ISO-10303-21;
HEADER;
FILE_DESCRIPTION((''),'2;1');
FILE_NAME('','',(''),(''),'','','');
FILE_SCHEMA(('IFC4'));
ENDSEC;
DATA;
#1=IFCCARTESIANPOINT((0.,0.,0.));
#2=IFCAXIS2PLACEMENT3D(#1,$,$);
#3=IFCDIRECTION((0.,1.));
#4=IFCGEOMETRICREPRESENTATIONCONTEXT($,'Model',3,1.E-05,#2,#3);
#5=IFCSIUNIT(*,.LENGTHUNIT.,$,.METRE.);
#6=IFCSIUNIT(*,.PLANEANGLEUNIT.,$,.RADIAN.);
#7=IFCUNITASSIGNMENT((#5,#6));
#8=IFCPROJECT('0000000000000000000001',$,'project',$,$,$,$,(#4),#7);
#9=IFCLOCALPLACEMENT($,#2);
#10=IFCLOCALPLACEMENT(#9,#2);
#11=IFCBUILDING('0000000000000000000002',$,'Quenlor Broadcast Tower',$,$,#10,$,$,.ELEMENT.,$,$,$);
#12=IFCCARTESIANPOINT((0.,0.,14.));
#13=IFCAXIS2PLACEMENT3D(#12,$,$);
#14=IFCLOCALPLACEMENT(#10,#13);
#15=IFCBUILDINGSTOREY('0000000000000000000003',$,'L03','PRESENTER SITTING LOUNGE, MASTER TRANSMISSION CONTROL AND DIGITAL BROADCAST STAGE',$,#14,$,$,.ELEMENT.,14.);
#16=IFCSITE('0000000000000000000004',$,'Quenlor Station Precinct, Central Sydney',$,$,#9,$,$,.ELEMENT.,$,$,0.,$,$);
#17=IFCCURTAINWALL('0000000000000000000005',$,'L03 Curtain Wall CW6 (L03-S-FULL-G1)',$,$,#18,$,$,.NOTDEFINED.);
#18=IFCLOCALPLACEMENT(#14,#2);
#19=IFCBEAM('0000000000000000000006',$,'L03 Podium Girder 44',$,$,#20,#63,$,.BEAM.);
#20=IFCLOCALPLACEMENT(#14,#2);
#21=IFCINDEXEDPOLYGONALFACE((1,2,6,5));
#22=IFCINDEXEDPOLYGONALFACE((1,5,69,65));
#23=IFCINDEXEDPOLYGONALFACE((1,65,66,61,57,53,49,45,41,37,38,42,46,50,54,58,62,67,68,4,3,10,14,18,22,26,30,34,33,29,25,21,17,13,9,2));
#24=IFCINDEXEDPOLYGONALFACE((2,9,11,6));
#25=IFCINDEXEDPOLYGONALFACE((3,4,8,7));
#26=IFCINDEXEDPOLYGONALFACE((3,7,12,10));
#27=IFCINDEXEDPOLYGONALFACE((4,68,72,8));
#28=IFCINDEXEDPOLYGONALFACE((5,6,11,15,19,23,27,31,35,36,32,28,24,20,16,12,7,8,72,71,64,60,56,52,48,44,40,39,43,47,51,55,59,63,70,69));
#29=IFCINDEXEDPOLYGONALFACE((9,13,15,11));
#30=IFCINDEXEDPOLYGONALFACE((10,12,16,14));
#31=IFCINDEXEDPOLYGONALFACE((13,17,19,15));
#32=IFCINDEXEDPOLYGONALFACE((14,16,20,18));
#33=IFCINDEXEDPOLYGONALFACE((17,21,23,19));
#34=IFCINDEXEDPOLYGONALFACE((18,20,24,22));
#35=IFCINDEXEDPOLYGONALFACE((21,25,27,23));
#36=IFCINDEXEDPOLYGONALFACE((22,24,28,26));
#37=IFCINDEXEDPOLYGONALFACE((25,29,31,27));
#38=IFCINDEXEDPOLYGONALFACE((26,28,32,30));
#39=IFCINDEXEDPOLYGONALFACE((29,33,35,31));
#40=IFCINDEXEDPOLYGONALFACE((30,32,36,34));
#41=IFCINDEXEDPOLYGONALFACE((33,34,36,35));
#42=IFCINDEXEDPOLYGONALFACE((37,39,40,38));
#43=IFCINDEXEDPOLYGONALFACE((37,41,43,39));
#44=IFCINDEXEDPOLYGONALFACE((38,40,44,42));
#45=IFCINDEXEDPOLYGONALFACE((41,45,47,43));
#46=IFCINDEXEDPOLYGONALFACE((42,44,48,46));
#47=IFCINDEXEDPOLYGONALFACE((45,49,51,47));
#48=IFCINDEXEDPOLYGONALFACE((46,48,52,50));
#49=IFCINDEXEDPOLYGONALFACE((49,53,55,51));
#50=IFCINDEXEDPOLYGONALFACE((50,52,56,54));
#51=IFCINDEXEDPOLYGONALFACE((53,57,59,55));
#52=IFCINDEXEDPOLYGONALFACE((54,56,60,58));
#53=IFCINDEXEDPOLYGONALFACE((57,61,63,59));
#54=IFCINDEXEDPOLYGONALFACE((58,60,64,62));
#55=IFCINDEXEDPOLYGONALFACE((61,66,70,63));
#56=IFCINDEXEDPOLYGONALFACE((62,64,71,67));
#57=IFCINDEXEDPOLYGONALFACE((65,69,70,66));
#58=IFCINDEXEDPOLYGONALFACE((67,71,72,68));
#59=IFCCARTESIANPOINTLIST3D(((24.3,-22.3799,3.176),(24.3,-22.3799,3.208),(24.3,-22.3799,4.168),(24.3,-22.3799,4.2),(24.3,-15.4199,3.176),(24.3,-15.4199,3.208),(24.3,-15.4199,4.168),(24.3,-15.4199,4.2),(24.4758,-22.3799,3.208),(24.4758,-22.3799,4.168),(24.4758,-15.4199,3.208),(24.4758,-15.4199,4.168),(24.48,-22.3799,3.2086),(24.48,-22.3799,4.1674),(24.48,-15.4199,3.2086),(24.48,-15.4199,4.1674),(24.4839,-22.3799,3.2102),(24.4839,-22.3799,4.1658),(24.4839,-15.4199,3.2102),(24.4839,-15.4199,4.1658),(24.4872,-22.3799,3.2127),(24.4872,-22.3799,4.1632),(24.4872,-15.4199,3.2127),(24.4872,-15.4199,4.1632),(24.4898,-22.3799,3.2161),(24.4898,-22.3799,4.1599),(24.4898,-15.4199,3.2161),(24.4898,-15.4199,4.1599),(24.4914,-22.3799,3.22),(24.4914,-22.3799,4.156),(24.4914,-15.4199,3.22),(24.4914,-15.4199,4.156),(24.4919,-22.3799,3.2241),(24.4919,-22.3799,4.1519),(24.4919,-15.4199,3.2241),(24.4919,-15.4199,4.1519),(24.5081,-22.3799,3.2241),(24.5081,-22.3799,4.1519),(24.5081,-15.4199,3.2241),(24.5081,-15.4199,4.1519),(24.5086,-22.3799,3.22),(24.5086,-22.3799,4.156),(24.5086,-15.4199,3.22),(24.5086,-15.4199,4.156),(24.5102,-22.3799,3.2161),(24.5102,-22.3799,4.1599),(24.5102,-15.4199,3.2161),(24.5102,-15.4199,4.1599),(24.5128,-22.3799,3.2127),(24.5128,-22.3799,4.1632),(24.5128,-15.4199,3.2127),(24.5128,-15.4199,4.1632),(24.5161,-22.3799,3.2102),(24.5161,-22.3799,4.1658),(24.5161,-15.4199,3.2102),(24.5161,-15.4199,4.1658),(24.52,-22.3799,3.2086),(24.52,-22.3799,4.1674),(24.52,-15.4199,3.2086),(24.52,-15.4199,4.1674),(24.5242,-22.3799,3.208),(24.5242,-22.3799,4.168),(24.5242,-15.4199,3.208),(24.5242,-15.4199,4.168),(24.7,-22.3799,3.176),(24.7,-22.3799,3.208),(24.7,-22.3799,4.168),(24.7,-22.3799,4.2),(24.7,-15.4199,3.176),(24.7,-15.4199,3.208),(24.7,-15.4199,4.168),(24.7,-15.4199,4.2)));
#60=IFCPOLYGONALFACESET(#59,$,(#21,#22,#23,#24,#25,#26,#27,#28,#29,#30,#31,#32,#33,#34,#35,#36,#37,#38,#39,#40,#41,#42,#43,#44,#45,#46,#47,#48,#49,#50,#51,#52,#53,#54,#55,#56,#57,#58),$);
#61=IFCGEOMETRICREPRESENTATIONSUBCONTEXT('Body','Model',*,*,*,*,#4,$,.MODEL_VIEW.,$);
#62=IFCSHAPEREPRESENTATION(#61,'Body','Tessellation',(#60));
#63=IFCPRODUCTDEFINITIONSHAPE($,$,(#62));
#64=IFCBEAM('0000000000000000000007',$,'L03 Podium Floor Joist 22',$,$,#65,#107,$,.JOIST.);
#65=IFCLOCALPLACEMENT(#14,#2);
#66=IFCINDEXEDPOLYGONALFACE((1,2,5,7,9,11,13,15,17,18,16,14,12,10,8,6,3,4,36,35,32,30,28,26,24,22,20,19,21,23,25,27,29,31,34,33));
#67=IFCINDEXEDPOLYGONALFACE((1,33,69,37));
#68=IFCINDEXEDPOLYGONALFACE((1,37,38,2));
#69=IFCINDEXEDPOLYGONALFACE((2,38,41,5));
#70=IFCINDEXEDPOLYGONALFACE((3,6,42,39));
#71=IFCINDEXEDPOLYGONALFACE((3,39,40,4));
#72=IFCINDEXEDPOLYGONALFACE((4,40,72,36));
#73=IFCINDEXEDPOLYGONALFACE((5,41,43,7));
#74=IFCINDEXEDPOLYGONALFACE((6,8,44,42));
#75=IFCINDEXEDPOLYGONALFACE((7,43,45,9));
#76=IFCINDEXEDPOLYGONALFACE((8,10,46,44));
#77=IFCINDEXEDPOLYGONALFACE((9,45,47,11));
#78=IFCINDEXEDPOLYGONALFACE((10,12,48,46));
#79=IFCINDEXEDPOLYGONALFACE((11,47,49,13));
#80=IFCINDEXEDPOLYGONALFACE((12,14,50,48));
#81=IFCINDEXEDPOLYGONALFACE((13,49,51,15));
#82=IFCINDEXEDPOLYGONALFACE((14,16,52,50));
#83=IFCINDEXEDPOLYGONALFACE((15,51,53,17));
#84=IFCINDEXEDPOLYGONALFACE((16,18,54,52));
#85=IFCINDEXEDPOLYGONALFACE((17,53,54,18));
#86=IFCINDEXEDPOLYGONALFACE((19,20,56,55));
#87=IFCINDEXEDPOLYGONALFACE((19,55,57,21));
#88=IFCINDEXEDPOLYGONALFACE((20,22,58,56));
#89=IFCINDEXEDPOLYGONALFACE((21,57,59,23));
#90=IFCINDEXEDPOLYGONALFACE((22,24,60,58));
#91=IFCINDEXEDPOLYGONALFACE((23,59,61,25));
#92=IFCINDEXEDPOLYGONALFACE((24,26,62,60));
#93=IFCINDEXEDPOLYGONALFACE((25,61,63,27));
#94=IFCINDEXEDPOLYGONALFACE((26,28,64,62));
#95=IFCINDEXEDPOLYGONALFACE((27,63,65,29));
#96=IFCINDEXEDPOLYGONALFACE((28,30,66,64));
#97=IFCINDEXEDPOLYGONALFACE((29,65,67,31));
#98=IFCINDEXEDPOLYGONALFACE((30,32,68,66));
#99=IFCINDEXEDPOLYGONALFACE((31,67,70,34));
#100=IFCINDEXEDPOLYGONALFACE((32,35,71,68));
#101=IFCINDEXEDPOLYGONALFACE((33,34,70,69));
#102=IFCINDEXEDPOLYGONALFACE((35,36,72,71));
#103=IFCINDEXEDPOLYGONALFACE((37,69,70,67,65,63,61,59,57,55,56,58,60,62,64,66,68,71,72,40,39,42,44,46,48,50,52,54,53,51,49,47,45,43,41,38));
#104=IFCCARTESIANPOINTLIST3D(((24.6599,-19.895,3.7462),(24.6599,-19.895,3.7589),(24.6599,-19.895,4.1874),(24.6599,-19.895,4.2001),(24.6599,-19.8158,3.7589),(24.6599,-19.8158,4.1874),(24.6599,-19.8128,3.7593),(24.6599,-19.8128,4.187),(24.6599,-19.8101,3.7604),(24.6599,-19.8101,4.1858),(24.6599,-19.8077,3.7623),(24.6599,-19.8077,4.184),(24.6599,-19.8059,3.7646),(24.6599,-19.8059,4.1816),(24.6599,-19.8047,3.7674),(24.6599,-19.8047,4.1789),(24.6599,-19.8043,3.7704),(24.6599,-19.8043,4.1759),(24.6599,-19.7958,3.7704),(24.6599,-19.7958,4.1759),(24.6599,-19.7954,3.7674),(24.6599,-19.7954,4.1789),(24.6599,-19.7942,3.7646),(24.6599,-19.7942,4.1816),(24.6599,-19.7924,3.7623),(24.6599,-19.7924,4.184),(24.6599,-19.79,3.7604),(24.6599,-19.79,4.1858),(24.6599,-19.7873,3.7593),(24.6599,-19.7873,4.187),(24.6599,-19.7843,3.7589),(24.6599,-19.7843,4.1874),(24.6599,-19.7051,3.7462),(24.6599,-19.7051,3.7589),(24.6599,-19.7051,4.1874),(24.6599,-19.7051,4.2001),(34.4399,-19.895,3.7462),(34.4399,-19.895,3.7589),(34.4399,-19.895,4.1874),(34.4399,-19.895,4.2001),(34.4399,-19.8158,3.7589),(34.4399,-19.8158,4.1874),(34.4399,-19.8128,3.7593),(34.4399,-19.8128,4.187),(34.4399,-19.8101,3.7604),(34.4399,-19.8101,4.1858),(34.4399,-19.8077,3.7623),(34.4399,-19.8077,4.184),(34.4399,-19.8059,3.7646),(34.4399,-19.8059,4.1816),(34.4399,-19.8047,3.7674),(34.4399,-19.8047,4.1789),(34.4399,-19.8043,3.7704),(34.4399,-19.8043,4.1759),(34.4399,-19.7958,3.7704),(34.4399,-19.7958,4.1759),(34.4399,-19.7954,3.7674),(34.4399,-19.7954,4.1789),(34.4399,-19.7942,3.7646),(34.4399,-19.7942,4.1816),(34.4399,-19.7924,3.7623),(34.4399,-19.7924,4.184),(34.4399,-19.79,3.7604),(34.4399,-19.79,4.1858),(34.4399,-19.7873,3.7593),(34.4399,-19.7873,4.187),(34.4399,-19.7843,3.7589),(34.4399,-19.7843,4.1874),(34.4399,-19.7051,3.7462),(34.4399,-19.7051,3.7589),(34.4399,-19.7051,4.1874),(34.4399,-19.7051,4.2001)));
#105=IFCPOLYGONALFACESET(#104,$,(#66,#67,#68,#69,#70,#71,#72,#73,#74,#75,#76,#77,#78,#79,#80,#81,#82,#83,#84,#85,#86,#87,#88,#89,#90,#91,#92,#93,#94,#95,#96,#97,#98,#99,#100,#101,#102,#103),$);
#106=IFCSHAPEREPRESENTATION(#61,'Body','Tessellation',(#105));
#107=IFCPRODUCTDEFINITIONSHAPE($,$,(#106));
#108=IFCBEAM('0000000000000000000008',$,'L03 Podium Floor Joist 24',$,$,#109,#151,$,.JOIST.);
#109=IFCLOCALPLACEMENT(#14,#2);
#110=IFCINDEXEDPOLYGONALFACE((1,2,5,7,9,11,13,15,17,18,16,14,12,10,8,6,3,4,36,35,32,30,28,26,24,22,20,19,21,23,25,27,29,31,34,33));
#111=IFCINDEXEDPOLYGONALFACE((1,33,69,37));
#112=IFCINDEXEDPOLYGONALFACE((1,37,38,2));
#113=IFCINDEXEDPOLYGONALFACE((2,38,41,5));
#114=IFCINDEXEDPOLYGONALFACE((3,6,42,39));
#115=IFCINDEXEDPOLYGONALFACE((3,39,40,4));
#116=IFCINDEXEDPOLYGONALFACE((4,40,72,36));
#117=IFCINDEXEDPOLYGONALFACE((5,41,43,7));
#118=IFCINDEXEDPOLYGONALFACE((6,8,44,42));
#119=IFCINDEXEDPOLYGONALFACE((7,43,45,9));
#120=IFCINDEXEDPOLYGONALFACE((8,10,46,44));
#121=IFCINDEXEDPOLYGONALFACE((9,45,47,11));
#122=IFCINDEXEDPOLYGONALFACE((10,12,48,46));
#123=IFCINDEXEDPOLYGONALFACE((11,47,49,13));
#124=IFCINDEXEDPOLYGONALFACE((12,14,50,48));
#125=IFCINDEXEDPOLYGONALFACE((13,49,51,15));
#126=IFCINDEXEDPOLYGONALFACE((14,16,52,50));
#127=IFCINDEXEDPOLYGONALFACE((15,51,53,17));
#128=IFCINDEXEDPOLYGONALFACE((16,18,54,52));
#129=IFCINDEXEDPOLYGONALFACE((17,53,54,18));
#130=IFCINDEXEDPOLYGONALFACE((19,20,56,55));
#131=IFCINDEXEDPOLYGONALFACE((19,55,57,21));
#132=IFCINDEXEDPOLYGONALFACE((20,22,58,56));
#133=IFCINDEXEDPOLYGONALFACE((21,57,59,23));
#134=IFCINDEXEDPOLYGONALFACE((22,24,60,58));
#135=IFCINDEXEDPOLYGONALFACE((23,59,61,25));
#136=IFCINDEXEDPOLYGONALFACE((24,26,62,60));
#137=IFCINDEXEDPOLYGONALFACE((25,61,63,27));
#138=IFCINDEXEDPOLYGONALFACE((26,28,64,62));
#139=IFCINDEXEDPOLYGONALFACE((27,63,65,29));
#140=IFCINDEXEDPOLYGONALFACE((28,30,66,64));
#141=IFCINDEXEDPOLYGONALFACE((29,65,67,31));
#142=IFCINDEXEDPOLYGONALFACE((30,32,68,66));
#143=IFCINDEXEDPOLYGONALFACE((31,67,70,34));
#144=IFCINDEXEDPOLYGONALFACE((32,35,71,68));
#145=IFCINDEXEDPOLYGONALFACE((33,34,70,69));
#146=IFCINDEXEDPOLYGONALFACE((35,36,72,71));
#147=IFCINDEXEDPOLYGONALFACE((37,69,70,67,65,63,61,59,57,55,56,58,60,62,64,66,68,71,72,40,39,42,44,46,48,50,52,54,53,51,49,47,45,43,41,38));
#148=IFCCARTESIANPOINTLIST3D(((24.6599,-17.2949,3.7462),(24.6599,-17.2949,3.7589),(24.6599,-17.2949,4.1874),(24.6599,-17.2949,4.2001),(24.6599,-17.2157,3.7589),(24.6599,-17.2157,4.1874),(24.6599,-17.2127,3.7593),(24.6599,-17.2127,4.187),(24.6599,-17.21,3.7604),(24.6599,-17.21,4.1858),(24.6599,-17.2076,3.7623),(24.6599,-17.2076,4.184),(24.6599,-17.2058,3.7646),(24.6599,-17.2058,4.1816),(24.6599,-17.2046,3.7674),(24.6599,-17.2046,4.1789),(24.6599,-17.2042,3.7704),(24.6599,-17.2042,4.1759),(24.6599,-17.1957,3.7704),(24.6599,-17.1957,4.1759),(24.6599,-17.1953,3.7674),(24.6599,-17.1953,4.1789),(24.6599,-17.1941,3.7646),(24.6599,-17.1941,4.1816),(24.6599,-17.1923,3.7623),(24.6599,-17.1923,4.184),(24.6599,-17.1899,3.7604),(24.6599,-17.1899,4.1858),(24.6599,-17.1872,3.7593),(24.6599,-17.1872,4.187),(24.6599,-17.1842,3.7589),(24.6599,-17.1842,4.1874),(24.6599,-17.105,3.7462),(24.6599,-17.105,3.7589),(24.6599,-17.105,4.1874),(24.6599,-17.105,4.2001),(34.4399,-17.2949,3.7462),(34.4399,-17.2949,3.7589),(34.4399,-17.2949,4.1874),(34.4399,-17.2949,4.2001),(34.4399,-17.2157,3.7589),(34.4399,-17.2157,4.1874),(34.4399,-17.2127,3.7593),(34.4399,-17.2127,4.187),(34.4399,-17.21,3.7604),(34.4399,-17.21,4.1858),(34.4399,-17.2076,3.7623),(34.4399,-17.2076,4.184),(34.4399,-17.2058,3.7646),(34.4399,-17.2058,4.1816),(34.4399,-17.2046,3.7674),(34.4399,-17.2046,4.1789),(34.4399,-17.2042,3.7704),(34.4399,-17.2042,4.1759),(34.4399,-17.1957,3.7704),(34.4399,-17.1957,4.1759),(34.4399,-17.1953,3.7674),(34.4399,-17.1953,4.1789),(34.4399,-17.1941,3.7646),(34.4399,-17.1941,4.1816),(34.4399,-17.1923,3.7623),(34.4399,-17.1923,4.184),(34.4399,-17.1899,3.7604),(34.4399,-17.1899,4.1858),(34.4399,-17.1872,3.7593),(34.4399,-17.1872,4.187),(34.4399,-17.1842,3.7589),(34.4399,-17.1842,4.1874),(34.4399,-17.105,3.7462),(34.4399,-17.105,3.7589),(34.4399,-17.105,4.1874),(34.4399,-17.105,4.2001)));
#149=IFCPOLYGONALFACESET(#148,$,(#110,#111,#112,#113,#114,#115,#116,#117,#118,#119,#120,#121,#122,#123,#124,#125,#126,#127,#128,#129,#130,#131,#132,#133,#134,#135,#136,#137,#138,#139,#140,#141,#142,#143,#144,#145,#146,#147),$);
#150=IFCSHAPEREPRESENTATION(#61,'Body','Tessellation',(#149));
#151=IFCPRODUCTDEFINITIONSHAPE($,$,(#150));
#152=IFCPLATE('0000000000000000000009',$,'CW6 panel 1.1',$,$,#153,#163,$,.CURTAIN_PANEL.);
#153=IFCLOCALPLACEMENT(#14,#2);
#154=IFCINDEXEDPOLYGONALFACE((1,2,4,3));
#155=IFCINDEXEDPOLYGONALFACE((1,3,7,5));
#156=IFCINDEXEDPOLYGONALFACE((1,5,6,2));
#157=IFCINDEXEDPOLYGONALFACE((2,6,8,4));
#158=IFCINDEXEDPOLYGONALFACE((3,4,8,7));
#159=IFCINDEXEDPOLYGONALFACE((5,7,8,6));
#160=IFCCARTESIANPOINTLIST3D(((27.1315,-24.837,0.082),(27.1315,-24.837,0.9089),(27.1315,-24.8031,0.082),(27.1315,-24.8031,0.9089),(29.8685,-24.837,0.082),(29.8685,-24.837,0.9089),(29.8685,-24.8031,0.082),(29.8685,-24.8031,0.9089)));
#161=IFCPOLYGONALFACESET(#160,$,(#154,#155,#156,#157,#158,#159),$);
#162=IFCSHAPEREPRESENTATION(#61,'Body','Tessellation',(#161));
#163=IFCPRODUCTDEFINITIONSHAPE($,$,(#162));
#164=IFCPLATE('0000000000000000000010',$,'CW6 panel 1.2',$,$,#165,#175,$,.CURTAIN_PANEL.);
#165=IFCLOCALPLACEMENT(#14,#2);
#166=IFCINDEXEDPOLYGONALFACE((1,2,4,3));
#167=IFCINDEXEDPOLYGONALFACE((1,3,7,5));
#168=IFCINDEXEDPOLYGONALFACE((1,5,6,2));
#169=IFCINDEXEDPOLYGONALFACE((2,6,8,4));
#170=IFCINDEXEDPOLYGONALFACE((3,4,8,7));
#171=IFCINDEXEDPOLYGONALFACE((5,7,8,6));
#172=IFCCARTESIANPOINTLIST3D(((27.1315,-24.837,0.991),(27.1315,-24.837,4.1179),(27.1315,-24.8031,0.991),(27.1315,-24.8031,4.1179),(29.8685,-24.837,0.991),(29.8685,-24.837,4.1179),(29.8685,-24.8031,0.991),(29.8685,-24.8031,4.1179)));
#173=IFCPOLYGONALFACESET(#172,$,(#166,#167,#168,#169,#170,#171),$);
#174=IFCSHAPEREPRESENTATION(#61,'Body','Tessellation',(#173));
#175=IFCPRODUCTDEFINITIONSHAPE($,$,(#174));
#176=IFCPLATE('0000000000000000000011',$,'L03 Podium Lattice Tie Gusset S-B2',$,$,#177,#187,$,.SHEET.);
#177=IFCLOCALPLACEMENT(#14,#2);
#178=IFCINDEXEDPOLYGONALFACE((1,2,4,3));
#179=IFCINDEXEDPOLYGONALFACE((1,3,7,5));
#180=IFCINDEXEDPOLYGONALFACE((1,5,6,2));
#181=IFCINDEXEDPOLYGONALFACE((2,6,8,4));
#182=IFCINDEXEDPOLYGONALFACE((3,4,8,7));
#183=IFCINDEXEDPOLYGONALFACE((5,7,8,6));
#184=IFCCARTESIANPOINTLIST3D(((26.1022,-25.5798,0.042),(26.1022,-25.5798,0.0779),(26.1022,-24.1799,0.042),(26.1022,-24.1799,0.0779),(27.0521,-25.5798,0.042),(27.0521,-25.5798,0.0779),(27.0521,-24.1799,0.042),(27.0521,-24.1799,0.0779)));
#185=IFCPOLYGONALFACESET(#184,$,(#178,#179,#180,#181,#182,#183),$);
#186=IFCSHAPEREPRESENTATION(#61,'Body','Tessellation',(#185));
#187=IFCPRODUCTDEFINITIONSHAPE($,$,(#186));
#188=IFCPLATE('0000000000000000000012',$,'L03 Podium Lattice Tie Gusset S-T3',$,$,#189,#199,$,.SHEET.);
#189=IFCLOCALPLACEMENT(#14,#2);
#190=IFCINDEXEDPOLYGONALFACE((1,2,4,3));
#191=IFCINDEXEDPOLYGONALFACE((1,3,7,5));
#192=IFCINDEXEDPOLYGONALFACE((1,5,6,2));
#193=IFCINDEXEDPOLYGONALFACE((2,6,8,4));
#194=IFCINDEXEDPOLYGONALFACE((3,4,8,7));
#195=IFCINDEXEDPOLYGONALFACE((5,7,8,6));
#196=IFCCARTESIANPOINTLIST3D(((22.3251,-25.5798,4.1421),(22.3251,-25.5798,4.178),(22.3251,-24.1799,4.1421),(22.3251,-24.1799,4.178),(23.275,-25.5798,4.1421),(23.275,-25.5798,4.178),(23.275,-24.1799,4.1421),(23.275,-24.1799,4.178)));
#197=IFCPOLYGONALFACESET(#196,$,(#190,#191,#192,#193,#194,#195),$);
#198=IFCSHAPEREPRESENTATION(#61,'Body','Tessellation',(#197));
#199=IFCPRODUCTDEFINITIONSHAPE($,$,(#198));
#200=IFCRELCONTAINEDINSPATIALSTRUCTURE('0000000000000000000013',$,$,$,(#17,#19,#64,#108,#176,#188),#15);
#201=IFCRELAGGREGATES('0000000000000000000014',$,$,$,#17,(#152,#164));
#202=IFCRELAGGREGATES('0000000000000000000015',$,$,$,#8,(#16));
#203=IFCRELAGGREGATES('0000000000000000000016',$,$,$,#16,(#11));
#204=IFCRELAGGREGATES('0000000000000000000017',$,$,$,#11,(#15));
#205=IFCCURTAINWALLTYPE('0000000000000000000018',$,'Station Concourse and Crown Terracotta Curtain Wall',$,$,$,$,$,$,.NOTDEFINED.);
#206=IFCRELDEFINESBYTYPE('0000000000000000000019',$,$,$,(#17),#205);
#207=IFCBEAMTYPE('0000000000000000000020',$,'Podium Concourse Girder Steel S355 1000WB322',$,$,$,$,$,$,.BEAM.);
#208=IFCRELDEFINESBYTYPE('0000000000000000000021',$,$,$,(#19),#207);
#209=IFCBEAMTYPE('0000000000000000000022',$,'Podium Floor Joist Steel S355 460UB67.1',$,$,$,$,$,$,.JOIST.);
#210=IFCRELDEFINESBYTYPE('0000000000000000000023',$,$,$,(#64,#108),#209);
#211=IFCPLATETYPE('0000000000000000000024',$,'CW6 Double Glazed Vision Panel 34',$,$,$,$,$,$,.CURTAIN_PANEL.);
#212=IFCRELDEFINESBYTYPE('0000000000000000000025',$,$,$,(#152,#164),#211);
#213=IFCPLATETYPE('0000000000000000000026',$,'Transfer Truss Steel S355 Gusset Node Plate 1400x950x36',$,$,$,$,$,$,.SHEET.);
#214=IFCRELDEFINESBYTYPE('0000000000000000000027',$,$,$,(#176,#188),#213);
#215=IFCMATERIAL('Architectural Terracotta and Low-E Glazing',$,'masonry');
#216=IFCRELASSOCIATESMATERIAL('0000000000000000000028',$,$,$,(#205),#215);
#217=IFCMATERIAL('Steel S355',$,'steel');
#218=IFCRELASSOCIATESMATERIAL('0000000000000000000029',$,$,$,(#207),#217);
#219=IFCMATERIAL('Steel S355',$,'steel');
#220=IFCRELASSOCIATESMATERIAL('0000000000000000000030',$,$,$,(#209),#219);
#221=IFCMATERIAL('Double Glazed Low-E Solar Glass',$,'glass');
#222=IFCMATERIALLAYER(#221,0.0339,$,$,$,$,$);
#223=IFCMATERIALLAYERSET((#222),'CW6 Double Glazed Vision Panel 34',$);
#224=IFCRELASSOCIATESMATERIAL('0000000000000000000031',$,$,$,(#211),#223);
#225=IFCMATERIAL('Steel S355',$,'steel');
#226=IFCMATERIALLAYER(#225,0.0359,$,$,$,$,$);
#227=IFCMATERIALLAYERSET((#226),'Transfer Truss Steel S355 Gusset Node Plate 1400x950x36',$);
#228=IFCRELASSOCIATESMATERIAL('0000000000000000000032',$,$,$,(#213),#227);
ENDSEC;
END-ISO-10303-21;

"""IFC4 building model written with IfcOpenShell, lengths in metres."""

from ifc_helpers import new_model, si_unit, direction, frame, origin, origin_2d, place, context, subcontext, project, spatial, rectangle, i_section, extrude, material, layer, layer_set, material_profile, profile_set, type_object, element, aggregate, save


model = new_model("IFC4")

# Units and contexts
model_context = context("Model", 3, precision=1e-05, world=origin(), true_north=direction((0.0, 1.0)))
body_context = subcontext(model_context, "Body", "Model", "MODEL_VIEW")
ifc_project = project(units=[si_unit("LENGTHUNIT", "METRE"), si_unit("PLANEANGLEUNIT", "RADIAN")], contexts=[model_context])

# Site, building, storey
site_placement = place(None, origin())
site = spatial("IfcSite", under=ifc_project, at=site_placement, Name="Quenlor Station Precinct, Central Sydney", CompositionType="ELEMENT", RefElevation=0.0)
building_placement = place(site_placement, origin())
building = spatial("IfcBuilding", under=site, at=building_placement, Name="Quenlor Broadcast Tower", CompositionType="ELEMENT")
storey_placement = place(building_placement, frame((0.0, 0.0, 14.0)))
storey = spatial("IfcBuildingStorey", under=building, at=storey_placement, Name="L03", Description="PRESENTER SITTING LOUNGE, MASTER TRANSMISSION CONTROL AND DIGITAL BROADCAST STAGE", CompositionType="ELEMENT", Elevation=14.0)

# Curtain wall
ifc_material_1 = material(Name="Architectural Terracotta and Low-E Glazing", Category="masonry")
curtain_wall_type = type_object("IfcCurtainWallType", Name="Station Concourse and Crown Terracotta Curtain Wall", PredefinedType="NOTDEFINED", material=ifc_material_1)
curtain_wall_1_placement = place(storey_placement, origin())
curtain_wall_1 = element("IfcCurtainWall", 1, at=curtain_wall_1_placement, inside=storey, type_object=curtain_wall_type, Name="L03 Curtain Wall CW6 (L03-S-FULL-G1)", PredefinedType="NOTDEFINED")

# Beams
ifc_material_2 = material(Name="Steel S355", Category="steel")
ifc_material_profile_1 = material_profile(ifc_material_2, i_section(OverallWidth=0.3999, OverallDepth=1.0239, WebThickness=0.0161, FlangeThickness=0.032, FilletRadius=0.0161, at=origin_2d()))
ifc_profile_set_1 = profile_set([ifc_material_profile_1], Name="Steel S355 1000WB322")
beam_type_1 = type_object("IfcBeamType", Name="Podium Concourse Girder Steel S355 1000WB322", PredefinedType="BEAM", material=ifc_profile_set_1)
beam_1_placement = place(storey_placement, frame((24.5, -22.3799, 3.688), z_axis=(0.0, 1.0, 0.0), x_axis=(-1.0, 0.0, 0.0)))
element("IfcBeam", 2, at=beam_1_placement, inside=storey, type_object=beam_type_1, Name="L03 Podium Girder 44", PredefinedType="BEAM", context=body_context, shape_type="SweptSolid", body=[
    extrude(i_section(OverallWidth=0.3999, OverallDepth=1.0239, WebThickness=0.0161, FlangeThickness=0.032, FilletRadius=0.0161, at=origin_2d()), origin(), (0.0, 0.0, 1.0), 6.96),
])
ifc_material_3 = material(Name="Steel S355", Category="steel")
ifc_material_profile_2 = material_profile(ifc_material_3, i_section(OverallWidth=0.1899, OverallDepth=0.4539, WebThickness=0.0085, FlangeThickness=0.0127, FilletRadius=0.0115, at=origin_2d()))
ifc_profile_set_2 = profile_set([ifc_material_profile_2], Name="Steel S355 460UB67.1")
beam_type_2 = type_object("IfcBeamType", Name="Podium Floor Joist Steel S355 460UB67.1", PredefinedType="JOIST", material=ifc_profile_set_2)
for number, where, z_axis, x_axis, name in (
    (3, (24.6599, -19.8, 3.9731), (1.0, 0.0, 0.0), (0.0, 1.0, 0.0), "L03 Podium Floor Joist 22"),
    (4, (24.6599, -17.2, 3.9731), (1.0, 0.0, 0.0), (0.0, 1.0, 0.0), "L03 Podium Floor Joist 24"),
):
    element("IfcBeam", number, at=place(storey_placement, frame(where, z_axis=z_axis, x_axis=x_axis)), inside=storey, type_object=beam_type_2, Name=name, PredefinedType="JOIST", context=body_context, shape_type="SweptSolid", body=[
        extrude(i_section(OverallWidth=0.1899, OverallDepth=0.4539, WebThickness=0.0085, FlangeThickness=0.0127, FilletRadius=0.0115, at=origin_2d()), origin(), (0.0, 0.0, 1.0), 9.78),
    ])

# Plates
ifc_material_4 = material(Name="Double Glazed Low-E Solar Glass", Category="glass")
ifc_layer_1 = layer(ifc_material_4, 0.0339)
ifc_layer_set_1 = layer_set([ifc_layer_1], Name="CW6 Double Glazed Vision Panel 34")
plate_type_1 = type_object("IfcPlateType", Name="CW6 Double Glazed Vision Panel 34", PredefinedType="CURTAIN_PANEL", material=ifc_layer_set_1)
plate_1_placement = place(storey_placement, frame((28.5, -24.8201, 0.082), z_axis=(0.0, 0.0, 1.0), x_axis=(-1.0, 0.0, 0.0)))
plate_1 = element("IfcPlate", 5, at=plate_1_placement, type_object=plate_type_1, Name="CW6 panel 1.1", PredefinedType="CURTAIN_PANEL", context=body_context, shape_type="SweptSolid", body=[
    extrude(rectangle(XDim=2.7371, YDim=0.0339, at=origin_2d()), origin(), (0.0, 0.0, 1.0), 0.8269),
])
plate_2_placement = place(storey_placement, frame((28.5, -24.8201, 0.991), z_axis=(0.0, 0.0, 1.0), x_axis=(-1.0, 0.0, 0.0)))
plate_2 = element("IfcPlate", 6, at=plate_2_placement, type_object=plate_type_1, Name="CW6 panel 1.2", PredefinedType="CURTAIN_PANEL", context=body_context, shape_type="SweptSolid", body=[
    extrude(rectangle(XDim=2.7371, YDim=0.0339, at=origin_2d()), origin(), (0.0, 0.0, 1.0), 3.127),
])
aggregate(curtain_wall_1, [plate_1, plate_2])

# Plates
ifc_material_5 = material(Name="Steel S355", Category="steel")
ifc_layer_2 = layer(ifc_material_5, 0.0359)
ifc_layer_set_2 = layer_set([ifc_layer_2], Name="Transfer Truss Steel S355 Gusset Node Plate 1400x950x36")
plate_type_2 = type_object("IfcPlateType", Name="Transfer Truss Steel S355 Gusset Node Plate 1400x950x36", PredefinedType="SHEET", material=ifc_layer_set_2)
for number, where, z_axis, x_axis, name in (
    (7, (26.5771, -24.8799, 0.042), (0.0, 0.0, 1.0), (0.0, -1.0, 0.0), "L03 Podium Lattice Tie Gusset S-B2"),
    (8, (22.8, -24.8799, 4.1421), (0.0, 0.0, 1.0), (0.0, -1.0, 0.0), "L03 Podium Lattice Tie Gusset S-T3"),
):
    element("IfcPlate", number, at=place(storey_placement, frame(where, z_axis=z_axis, x_axis=x_axis)), inside=storey, type_object=plate_type_2, Name=name, PredefinedType="SHEET", context=body_context, shape_type="SweptSolid", body=[
        extrude(rectangle(XDim=1.3999, YDim=0.95, at=origin_2d()), origin(), (0.0, 0.0, 1.0), 0.0359),
    ])

save(model, "model.ifc")
